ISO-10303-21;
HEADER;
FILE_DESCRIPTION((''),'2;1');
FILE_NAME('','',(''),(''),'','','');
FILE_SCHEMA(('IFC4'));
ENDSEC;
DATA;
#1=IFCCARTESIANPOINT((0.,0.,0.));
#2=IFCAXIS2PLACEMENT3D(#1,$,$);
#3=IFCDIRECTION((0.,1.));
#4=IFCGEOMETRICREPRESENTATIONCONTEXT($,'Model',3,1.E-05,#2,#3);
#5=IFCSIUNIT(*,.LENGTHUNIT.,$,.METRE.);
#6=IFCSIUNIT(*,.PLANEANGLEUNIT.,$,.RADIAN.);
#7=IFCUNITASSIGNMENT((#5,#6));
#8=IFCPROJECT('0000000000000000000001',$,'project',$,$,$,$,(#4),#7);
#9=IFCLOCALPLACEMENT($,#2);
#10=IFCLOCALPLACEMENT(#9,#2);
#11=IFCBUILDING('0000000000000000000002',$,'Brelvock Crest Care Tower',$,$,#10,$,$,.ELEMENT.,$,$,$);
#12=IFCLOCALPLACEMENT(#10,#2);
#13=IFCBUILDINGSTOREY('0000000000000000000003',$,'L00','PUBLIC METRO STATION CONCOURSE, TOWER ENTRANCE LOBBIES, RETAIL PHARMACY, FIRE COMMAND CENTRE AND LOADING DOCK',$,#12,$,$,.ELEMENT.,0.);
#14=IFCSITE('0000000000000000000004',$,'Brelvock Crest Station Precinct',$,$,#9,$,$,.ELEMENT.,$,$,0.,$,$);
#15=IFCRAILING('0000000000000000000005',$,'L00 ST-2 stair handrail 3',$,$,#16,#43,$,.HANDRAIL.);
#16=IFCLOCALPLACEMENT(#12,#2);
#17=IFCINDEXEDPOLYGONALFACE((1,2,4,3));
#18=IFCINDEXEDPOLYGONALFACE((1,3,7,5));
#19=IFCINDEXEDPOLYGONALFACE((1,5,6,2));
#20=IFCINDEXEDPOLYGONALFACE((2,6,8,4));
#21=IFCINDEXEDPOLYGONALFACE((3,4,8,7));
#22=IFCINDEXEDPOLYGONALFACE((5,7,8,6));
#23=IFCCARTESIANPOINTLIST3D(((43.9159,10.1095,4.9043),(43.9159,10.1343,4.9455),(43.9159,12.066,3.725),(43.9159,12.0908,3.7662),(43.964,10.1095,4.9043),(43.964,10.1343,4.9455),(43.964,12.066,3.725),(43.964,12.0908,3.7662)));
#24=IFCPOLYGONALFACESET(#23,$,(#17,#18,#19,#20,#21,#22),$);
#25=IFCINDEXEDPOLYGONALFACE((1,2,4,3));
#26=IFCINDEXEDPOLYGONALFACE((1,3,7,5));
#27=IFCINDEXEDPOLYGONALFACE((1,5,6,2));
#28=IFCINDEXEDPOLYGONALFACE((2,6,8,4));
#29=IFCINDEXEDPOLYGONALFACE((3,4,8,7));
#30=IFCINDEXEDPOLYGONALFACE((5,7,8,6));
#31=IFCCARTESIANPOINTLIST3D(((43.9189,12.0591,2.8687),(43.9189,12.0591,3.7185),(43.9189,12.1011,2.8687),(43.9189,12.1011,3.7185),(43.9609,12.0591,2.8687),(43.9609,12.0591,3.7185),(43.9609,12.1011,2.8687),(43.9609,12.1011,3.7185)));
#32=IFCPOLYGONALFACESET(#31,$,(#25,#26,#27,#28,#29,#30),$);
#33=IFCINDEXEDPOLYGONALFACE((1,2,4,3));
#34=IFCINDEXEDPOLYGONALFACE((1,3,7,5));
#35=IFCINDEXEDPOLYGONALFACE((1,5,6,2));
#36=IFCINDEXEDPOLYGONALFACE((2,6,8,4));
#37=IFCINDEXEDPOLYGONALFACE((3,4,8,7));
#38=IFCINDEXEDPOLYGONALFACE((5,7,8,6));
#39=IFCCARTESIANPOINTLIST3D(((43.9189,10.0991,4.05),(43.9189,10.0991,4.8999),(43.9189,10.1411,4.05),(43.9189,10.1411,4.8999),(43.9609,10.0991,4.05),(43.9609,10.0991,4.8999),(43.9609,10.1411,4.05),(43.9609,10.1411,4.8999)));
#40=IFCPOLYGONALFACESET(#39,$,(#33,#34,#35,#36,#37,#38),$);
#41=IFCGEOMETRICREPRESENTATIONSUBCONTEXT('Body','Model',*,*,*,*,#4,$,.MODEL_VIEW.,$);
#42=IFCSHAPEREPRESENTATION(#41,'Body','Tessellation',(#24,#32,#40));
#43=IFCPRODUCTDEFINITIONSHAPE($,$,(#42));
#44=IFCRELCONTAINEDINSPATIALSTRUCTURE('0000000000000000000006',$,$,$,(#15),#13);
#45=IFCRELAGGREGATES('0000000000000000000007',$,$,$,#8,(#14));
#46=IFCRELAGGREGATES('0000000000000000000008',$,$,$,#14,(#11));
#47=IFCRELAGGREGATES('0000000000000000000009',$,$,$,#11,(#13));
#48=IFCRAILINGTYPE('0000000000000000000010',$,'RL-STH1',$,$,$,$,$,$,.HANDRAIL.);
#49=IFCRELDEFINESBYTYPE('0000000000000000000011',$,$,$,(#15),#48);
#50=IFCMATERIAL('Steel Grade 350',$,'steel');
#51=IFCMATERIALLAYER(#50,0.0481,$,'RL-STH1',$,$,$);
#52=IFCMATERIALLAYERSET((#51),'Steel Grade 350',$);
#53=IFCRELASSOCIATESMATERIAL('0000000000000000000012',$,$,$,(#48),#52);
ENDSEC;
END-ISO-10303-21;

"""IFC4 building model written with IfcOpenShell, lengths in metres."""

from ifc_helpers import new_model, si_unit, direction, frame, origin, origin_2d, place, context, subcontext, project, spatial, rectangle, extrude, material, layer, layer_set, type_object, element, save


model = new_model("IFC4")

# Units and contexts
model_context = context("Model", 3, precision=1e-05, world=origin(), true_north=direction((0.0, 1.0)))
body_context = subcontext(model_context, "Body", "Model", "MODEL_VIEW")
ifc_project = project(units=[si_unit("LENGTHUNIT", "METRE"), si_unit("PLANEANGLEUNIT", "RADIAN")], contexts=[model_context])

# Site, building, storey
site_placement = place(None, origin())
site = spatial("IfcSite", under=ifc_project, at=site_placement, Name="Brelvock Crest Station Precinct", CompositionType="ELEMENT", RefElevation=0.0)
building_placement = place(site_placement, origin())
building = spatial("IfcBuilding", under=site, at=building_placement, Name="Brelvock Crest Care Tower", CompositionType="ELEMENT")
storey_placement = place(building_placement, origin())
storey = spatial("IfcBuildingStorey", under=building, at=storey_placement, Name="L00", Description="PUBLIC METRO STATION CONCOURSE, TOWER ENTRANCE LOBBIES, RETAIL PHARMACY, FIRE COMMAND CENTRE AND LOADING DOCK", CompositionType="ELEMENT", Elevation=0.0)

# Shared definitions
ifc_material_1 = material(Name="Steel Grade 350", Category="steel")

# Railing
ifc_layer_1 = layer(ifc_material_1, 0.0481, Name="RL-STH1")
ifc_layer_set_1 = layer_set([ifc_layer_1], Name="Steel Grade 350")
railing_type_1 = type_object("IfcRailingType", Name="RL-STH1", PredefinedType="HANDRAIL", material=ifc_layer_set_1)
for number, where, name in (
    (1, (43.9399, 12.0801, 2.8687), "L00 ST-2 stair handrail 3"),
):
    element("IfcRailing", number, at=place(storey_placement, frame(where)), inside=storey, type_object=railing_type_1, Name=name, PredefinedType="HANDRAIL", context=body_context, shape_type="SweptSolid", body=[
        extrude(rectangle(XDim=0.0481, YDim=0.0481, at=origin_2d()), frame((0.0, -0.0017, 0.877), z_axis=(0.0, -0.856446, 0.516236), x_axis=(1.0, 0.0, 0.0)), (0.0, 0.0, 1.0), 2.2844),
        extrude(rectangle(XDim=0.042, YDim=0.042, at=origin_2d()), origin(), (0.0, 0.0, 1.0), 0.8499),
        extrude(rectangle(XDim=0.042, YDim=0.042, at=origin_2d()), frame((0.0, -1.96, 1.1814)), (0.0, 0.0, 1.0), 0.8499),
    ])

save(model, "model.ifc")
